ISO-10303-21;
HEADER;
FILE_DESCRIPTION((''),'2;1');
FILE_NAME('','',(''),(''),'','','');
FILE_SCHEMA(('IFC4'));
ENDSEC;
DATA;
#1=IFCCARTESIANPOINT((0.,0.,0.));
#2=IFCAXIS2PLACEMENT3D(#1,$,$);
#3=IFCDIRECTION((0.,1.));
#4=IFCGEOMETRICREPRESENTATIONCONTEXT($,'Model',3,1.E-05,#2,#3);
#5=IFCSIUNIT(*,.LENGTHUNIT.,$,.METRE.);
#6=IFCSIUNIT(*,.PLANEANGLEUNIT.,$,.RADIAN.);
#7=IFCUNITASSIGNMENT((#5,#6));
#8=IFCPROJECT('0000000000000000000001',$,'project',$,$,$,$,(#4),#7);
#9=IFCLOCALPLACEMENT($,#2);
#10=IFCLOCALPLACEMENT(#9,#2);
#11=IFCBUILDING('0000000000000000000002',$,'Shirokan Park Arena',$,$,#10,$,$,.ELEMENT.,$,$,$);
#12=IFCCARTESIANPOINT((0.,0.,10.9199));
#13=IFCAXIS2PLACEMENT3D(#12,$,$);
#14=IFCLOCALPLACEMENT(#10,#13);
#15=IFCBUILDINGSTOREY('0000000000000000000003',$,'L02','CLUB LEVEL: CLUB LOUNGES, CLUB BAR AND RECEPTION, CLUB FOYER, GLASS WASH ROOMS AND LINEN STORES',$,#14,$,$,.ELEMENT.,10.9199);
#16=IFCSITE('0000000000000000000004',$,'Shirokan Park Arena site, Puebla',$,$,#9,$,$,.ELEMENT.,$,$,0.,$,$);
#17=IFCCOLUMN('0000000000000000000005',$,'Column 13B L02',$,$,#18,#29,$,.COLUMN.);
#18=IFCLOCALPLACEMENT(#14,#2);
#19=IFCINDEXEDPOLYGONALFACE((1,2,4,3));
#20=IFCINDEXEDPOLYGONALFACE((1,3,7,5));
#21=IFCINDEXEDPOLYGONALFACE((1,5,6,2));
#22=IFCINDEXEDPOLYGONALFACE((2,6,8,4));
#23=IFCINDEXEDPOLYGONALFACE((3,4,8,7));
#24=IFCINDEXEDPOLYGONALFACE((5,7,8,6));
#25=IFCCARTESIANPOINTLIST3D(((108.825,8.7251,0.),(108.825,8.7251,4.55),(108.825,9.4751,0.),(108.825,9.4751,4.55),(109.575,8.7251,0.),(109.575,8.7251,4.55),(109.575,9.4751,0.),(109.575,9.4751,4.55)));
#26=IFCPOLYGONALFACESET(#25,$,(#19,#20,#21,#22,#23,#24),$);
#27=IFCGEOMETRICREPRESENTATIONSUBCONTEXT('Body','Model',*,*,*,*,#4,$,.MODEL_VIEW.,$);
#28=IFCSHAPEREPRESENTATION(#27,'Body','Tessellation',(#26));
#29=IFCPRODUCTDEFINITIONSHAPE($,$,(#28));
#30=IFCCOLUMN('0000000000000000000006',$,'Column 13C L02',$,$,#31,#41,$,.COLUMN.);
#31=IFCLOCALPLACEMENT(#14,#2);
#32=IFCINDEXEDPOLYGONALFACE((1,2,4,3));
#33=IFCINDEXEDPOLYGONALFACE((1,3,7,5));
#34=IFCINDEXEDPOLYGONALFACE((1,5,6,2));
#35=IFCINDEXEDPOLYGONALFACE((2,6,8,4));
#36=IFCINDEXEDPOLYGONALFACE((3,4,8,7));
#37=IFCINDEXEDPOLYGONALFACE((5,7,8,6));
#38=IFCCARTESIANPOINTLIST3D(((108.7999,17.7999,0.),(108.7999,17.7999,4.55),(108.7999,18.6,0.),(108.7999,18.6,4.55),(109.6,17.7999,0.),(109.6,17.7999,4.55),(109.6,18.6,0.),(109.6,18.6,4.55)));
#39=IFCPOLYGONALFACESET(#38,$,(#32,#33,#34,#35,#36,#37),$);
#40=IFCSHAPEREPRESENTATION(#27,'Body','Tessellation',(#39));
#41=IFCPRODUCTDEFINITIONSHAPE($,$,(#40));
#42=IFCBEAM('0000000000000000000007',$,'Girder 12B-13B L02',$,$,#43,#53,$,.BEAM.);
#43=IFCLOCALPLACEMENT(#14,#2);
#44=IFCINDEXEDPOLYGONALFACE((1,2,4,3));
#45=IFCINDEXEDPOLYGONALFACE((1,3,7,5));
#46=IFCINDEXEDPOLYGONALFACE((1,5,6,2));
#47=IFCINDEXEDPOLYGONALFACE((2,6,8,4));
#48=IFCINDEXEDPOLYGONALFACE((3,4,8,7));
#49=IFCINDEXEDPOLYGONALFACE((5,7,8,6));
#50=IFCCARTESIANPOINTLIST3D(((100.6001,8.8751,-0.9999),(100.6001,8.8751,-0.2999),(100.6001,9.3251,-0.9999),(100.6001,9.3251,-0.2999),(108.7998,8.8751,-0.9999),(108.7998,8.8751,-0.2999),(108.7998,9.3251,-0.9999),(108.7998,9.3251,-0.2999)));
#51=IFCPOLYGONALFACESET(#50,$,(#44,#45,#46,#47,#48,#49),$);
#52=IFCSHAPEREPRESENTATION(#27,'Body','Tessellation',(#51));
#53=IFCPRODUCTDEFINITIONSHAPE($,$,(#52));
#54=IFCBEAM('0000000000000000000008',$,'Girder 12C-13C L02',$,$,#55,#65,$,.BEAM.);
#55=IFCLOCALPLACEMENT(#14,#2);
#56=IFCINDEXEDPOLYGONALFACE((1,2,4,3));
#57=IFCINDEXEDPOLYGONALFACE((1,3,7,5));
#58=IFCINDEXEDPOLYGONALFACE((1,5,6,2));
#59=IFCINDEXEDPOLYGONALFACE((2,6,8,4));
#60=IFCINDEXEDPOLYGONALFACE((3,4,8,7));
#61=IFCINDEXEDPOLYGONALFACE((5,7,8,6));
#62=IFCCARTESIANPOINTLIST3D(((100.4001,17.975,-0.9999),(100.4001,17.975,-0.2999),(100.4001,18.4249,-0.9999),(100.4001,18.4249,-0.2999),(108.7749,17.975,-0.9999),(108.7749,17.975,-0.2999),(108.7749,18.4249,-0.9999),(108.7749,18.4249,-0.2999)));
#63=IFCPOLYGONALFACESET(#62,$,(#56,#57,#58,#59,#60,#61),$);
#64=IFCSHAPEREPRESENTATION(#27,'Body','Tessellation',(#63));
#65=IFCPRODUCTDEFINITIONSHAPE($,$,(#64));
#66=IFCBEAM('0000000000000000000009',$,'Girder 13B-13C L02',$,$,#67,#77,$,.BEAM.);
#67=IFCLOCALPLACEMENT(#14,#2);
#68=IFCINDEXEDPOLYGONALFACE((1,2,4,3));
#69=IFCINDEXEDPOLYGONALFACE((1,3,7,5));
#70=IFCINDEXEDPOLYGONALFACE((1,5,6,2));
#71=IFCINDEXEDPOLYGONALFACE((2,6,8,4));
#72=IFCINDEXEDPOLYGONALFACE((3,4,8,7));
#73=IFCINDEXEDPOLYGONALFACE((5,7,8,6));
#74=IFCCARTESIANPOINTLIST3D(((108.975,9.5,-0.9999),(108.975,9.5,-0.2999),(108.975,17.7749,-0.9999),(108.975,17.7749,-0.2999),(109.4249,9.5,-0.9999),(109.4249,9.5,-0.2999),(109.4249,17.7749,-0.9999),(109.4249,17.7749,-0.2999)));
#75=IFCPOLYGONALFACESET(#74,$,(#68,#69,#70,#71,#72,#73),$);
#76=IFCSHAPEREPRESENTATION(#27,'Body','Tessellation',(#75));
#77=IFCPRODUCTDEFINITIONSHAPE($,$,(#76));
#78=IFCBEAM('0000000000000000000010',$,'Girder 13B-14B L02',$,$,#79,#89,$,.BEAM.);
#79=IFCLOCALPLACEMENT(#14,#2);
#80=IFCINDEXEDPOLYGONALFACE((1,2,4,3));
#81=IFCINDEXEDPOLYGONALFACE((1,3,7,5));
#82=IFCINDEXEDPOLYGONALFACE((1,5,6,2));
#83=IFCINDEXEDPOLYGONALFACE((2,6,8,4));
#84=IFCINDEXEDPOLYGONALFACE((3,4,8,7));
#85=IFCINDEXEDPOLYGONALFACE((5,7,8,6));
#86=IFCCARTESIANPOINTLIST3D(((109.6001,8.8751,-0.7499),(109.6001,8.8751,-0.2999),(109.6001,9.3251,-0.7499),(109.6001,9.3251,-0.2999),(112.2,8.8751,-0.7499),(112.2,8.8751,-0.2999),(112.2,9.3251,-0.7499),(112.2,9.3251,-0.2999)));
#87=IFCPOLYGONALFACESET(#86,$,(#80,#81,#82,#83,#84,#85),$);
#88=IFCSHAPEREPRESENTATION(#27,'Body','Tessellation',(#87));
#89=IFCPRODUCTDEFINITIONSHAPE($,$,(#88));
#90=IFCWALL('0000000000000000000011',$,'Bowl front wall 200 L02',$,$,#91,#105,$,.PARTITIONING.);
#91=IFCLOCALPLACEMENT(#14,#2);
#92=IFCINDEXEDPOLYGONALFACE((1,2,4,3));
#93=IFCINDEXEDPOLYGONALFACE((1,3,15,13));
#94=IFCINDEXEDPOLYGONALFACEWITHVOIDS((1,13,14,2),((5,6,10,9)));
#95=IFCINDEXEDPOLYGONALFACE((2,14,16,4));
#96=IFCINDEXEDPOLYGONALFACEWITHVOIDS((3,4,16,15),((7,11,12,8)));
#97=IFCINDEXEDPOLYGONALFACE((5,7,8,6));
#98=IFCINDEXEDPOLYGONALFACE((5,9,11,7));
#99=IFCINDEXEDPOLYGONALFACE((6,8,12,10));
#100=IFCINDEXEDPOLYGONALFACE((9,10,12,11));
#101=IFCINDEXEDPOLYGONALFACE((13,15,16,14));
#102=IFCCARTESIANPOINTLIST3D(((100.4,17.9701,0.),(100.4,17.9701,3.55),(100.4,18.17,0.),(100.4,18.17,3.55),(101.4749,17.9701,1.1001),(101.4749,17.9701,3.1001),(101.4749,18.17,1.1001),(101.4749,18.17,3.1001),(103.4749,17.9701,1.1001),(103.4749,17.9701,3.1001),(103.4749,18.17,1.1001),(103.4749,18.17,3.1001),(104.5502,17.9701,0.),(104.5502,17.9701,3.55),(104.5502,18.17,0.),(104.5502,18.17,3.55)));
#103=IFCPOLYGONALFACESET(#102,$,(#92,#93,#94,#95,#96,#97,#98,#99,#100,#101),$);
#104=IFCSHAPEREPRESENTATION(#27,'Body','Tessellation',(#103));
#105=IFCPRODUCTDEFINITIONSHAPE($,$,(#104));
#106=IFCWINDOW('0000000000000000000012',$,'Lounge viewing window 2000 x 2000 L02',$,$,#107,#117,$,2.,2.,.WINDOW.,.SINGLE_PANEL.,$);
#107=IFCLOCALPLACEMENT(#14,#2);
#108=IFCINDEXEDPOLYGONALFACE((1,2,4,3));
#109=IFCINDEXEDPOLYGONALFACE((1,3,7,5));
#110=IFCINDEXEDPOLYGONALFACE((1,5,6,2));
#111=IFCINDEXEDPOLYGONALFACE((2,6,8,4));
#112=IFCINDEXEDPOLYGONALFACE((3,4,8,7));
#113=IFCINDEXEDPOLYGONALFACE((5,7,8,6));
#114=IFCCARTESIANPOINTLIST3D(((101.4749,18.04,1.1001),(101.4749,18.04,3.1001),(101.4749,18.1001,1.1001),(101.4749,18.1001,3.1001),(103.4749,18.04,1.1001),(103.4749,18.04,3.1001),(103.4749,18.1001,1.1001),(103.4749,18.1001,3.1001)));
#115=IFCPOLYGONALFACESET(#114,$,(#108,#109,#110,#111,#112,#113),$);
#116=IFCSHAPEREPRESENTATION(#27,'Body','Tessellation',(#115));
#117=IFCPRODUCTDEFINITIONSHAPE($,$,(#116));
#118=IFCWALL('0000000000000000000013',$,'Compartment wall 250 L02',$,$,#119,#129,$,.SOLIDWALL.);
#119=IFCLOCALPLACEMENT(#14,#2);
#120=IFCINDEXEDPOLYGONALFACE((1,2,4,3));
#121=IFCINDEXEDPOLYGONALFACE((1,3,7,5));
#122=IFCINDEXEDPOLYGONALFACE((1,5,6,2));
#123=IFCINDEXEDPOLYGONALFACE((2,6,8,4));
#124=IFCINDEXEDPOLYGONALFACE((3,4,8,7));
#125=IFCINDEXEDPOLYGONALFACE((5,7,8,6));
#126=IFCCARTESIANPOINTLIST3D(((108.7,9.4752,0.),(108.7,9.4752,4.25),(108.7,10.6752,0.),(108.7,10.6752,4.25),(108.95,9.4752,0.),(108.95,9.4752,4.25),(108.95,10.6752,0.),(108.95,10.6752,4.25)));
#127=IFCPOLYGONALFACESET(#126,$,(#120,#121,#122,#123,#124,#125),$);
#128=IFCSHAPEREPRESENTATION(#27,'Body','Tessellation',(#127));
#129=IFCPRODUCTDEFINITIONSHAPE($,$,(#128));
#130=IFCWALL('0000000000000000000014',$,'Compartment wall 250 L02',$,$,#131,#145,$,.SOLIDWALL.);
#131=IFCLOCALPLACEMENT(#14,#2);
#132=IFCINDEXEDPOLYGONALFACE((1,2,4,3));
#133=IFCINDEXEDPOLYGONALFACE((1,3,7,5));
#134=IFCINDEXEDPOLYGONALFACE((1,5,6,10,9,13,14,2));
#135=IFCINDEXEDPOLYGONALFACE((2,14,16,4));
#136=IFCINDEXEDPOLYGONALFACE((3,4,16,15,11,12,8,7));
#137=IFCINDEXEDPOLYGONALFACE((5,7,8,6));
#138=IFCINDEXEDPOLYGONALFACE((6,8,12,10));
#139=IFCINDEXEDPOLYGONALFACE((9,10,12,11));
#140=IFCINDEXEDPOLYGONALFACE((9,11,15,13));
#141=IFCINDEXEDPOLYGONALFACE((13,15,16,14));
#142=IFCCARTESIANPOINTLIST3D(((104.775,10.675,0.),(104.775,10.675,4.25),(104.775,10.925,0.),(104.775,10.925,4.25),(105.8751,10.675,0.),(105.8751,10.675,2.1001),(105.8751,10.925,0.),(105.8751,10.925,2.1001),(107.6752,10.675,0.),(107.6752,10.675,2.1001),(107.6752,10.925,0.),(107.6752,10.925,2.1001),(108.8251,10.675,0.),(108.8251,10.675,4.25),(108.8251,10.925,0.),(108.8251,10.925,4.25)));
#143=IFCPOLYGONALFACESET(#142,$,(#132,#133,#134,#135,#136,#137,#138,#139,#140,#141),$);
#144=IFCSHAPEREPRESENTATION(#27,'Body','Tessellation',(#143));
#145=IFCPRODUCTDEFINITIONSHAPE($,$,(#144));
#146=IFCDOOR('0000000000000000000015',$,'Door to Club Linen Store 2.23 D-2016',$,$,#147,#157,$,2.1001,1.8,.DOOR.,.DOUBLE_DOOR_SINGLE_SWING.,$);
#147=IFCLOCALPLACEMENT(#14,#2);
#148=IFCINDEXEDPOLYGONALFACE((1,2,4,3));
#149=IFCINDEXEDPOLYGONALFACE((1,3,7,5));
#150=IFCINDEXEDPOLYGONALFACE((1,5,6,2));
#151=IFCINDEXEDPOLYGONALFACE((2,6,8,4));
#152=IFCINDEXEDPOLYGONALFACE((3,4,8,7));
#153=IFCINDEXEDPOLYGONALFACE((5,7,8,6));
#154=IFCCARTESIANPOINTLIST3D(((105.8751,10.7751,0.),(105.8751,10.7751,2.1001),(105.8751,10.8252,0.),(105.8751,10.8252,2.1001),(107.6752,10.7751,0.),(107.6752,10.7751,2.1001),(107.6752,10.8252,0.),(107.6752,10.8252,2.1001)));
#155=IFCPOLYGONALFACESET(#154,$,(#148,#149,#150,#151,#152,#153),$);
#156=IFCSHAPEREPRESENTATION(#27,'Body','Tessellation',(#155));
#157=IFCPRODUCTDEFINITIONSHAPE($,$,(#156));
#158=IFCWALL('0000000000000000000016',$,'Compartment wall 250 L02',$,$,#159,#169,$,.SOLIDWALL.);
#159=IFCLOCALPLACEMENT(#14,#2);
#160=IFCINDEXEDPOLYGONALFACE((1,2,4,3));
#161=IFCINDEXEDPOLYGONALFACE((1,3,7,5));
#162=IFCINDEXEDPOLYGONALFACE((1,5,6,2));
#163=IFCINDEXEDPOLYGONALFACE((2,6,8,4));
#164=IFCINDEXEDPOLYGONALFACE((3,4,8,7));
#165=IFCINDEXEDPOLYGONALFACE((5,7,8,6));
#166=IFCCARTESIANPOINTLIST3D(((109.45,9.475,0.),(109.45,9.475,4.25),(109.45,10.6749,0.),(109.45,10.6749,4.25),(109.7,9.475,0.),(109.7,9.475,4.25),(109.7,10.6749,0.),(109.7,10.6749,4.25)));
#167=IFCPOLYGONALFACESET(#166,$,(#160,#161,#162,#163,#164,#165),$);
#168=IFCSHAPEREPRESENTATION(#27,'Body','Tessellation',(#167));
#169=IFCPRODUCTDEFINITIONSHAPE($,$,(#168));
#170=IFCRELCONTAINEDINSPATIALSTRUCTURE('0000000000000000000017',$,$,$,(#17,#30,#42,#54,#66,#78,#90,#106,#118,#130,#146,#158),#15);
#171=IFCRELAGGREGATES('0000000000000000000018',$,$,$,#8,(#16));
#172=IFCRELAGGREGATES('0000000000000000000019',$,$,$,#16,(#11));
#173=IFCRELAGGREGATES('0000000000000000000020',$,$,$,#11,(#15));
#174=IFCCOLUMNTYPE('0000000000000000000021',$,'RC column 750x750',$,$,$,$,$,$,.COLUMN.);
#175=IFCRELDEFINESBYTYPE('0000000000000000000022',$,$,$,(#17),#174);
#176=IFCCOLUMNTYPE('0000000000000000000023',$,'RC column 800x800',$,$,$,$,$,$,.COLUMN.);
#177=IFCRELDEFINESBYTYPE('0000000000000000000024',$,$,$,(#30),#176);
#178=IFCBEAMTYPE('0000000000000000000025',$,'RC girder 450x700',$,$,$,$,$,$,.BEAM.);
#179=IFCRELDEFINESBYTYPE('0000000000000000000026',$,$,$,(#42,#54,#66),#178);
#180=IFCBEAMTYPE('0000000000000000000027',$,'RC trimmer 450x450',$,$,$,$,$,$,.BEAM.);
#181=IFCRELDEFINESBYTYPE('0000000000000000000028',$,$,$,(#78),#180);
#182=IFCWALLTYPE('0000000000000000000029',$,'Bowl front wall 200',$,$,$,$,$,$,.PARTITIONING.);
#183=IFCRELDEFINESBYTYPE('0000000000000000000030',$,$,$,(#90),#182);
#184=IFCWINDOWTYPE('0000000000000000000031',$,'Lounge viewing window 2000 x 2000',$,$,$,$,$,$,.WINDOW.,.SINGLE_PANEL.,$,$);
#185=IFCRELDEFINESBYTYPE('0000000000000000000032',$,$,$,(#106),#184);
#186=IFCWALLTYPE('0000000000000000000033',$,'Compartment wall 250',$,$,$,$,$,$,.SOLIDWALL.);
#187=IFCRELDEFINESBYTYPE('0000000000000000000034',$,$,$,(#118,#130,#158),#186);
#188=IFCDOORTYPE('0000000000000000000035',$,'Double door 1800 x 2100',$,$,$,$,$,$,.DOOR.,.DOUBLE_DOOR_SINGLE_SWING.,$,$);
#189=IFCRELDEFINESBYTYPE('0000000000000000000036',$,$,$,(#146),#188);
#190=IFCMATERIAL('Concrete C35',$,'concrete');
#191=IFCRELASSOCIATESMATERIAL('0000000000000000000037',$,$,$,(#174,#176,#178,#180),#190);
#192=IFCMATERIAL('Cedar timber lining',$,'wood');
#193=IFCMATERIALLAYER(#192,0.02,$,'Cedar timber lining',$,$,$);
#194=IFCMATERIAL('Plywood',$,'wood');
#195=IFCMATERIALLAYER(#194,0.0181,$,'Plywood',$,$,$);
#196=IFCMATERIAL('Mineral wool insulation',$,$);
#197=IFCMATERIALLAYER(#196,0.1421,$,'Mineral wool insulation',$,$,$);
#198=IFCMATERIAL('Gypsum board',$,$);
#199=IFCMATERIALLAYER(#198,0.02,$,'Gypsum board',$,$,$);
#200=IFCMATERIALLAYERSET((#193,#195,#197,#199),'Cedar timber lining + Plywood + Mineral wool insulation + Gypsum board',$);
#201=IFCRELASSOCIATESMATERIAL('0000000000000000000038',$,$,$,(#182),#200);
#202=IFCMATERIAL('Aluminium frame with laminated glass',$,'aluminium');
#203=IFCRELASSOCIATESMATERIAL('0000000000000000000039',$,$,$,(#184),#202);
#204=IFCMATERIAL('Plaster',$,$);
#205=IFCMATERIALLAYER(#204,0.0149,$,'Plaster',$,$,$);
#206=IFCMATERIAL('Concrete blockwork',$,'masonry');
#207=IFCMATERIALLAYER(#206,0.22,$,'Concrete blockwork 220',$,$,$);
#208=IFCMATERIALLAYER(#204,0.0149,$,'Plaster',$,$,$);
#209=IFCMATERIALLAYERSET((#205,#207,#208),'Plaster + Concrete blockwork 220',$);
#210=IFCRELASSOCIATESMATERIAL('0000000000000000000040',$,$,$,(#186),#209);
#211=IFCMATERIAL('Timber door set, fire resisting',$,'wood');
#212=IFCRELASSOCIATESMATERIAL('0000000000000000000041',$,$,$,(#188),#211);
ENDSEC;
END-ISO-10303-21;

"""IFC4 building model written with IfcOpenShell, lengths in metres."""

from ifc_helpers import new_model, si_unit, direction, frame, frame_2d, origin, origin_2d, place, context, subcontext, project, spatial, rectangle, extrude, material, layer, layer_set, material_profile, profile_set, type_object, element, fill, save


model = new_model("IFC4")

# Units and contexts
model_context = context("Model", 3, precision=1e-05, world=origin(), true_north=direction((0.0, 1.0)))
body_context = subcontext(model_context, "Body", "Model", "MODEL_VIEW")
ifc_project = project(units=[si_unit("LENGTHUNIT", "METRE"), si_unit("PLANEANGLEUNIT", "RADIAN")], contexts=[model_context])

# Site, building, storey
site_placement = place(None, origin())
site = spatial("IfcSite", under=ifc_project, at=site_placement, Name="Shirokan Park Arena site, Puebla", CompositionType="ELEMENT", RefElevation=0.0)
building_placement = place(site_placement, origin())
building = spatial("IfcBuilding", under=site, at=building_placement, Name="Shirokan Park Arena", CompositionType="ELEMENT")
storey_placement = place(building_placement, frame((0.0, 0.0, 10.9199)))
storey = spatial("IfcBuildingStorey", under=building, at=storey_placement, Name="L02", Description="CLUB LEVEL: CLUB LOUNGES, CLUB BAR AND RECEPTION, CLUB FOYER, GLASS WASH ROOMS AND LINEN STORES", CompositionType="ELEMENT", Elevation=10.9199)

# Columns
ifc_material_1 = material(Name="Concrete C35", Category="concrete")
ifc_material_profile_1 = material_profile(ifc_material_1, rectangle(XDim=0.75, YDim=0.75, at=origin_2d()), Name="750x750")
ifc_profile_set_1 = profile_set([ifc_material_profile_1], Name="Concrete C35")
column_type_1 = type_object("IfcColumnType", Name="RC column 750x750", PredefinedType="COLUMN", material=ifc_profile_set_1)
column_1_placement = place(storey_placement, frame((109.2, 9.1001, 0.0), z_axis=(0.0, 0.0, 1.0), x_axis=(1.0, 0.0, 0.0)))
element("IfcColumn", 1, at=column_1_placement, inside=storey, type_object=column_type_1, Name="Column 13B L02", PredefinedType="COLUMN", context=body_context, shape_type="SweptSolid", body=[
    extrude(rectangle(XDim=0.75, YDim=0.75, at=origin_2d()), origin(), (0.0, 0.0, 1.0), 4.55),
])
ifc_material_profile_2 = material_profile(ifc_material_1, rectangle(XDim=0.8, YDim=0.8, at=origin_2d()), Name="800x800")
ifc_profile_set_2 = profile_set([ifc_material_profile_2], Name="Concrete C35")
column_type_2 = type_object("IfcColumnType", Name="RC column 800x800", PredefinedType="COLUMN", material=ifc_profile_set_2)
column_2_placement = place(storey_placement, frame((109.2, 18.2, 0.0), z_axis=(0.0, 0.0, 1.0), x_axis=(1.0, 0.0, 0.0)))
element("IfcColumn", 2, at=column_2_placement, inside=storey, type_object=column_type_2, Name="Column 13C L02", PredefinedType="COLUMN", context=body_context, shape_type="SweptSolid", body=[
    extrude(rectangle(XDim=0.8, YDim=0.8, at=origin_2d()), origin(), (0.0, 0.0, 1.0), 4.55),
])

# Beams
ifc_material_profile_3 = material_profile(ifc_material_1, rectangle(XDim=0.45, YDim=0.7, at=origin_2d()), Name="450x700")
ifc_profile_set_3 = profile_set([ifc_material_profile_3], Name="Concrete C35")
beam_type_1 = type_object("IfcBeamType", Name="RC girder 450x700", PredefinedType="BEAM", material=ifc_profile_set_3)
beam_1_placement = place(storey_placement, frame((100.6001, 9.1001, -0.6499), z_axis=(1.0, 0.0, 0.0), x_axis=(0.0, 1.0, 0.0)))
element("IfcBeam", 3, at=beam_1_placement, inside=storey, type_object=beam_type_1, Name="Girder 12B-13B L02", PredefinedType="BEAM", context=body_context, shape_type="SweptSolid", body=[
    extrude(rectangle(XDim=0.45, YDim=0.7, at=origin_2d()), origin(), (0.0, 0.0, 1.0), 8.1997),
])
beam_2_placement = place(storey_placement, frame((100.4001, 18.2, -0.6499), z_axis=(1.0, 0.0, 0.0), x_axis=(0.0, 1.0, 0.0)))
element("IfcBeam", 4, at=beam_2_placement, inside=storey, type_object=beam_type_1, Name="Girder 12C-13C L02", PredefinedType="BEAM", context=body_context, shape_type="SweptSolid", body=[
    extrude(rectangle(XDim=0.45, YDim=0.7, at=origin_2d()), origin(), (0.0, 0.0, 1.0), 8.3748),
])
beam_3_placement = place(storey_placement, frame((109.2, 9.5, -0.6499), z_axis=(0.0, 1.0, 0.0), x_axis=(-1.0, 0.0, 0.0)))
element("IfcBeam", 5, at=beam_3_placement, inside=storey, type_object=beam_type_1, Name="Girder 13B-13C L02", PredefinedType="BEAM", context=body_context, shape_type="SweptSolid", body=[
    extrude(rectangle(XDim=0.45, YDim=0.7, at=origin_2d()), origin(), (0.0, 0.0, 1.0), 8.2749),
])
ifc_material_profile_4 = material_profile(ifc_material_1, rectangle(XDim=0.45, YDim=0.45, at=origin_2d()), Name="450x450")
ifc_profile_set_4 = profile_set([ifc_material_profile_4], Name="Concrete C35")
beam_type_2 = type_object("IfcBeamType", Name="RC trimmer 450x450", PredefinedType="BEAM", material=ifc_profile_set_4)
beam_4_placement = place(storey_placement, frame((109.6001, 9.1001, -0.5249), z_axis=(1.0, 0.0, 0.0), x_axis=(0.0, 1.0, 0.0)))
element("IfcBeam", 6, at=beam_4_placement, inside=storey, type_object=beam_type_2, Name="Girder 13B-14B L02", PredefinedType="BEAM", context=body_context, shape_type="SweptSolid", body=[
    extrude(rectangle(XDim=0.45, YDim=0.45, at=origin_2d()), origin(), (0.0, 0.0, 1.0), 2.5999),
])

# Wall, opening, window
ifc_material_2 = material(Name="Cedar timber lining", Category="wood")
ifc_layer_1 = layer(ifc_material_2, 0.02, Name="Cedar timber lining")
ifc_material_3 = material(Name="Plywood", Category="wood")
ifc_layer_2 = layer(ifc_material_3, 0.0181, Name="Plywood")
ifc_material_4 = material(Name="Mineral wool insulation")
ifc_layer_3 = layer(ifc_material_4, 0.1421, Name="Mineral wool insulation")
ifc_material_5 = material(Name="Gypsum board")
ifc_layer_4 = layer(ifc_material_5, 0.02, Name="Gypsum board")
ifc_layer_set_1 = layer_set([ifc_layer_1, ifc_layer_2, ifc_layer_3, ifc_layer_4], Name="Cedar timber lining + Plywood + Mineral wool insulation + Gypsum board")
wall_type_1 = type_object("IfcWallType", Name="Bowl front wall 200", PredefinedType="PARTITIONING", material=ifc_layer_set_1)
wall_1_placement = place(storey_placement, frame((100.3999, 18.0701, 0.0), z_axis=(0.0, 0.0, 1.0), x_axis=(1.0, 0.0, 0.0)))
wall_1 = element("IfcWall", 7, at=wall_1_placement, inside=storey, type_object=wall_type_1, Name="Bowl front wall 200 L02", PredefinedType="PARTITIONING", context=body_context, shape_type="SweptSolid", body=[
    extrude(rectangle(XDim=4.1501, YDim=0.2, at=frame_2d((2.0752, 0.0))), origin(), (0.0, 0.0, 1.0), 3.55),
])
opening_1_placement = place(wall_1_placement, frame((1.075, 0.0, 1.1001)))
opening_1 = element("IfcOpeningElement", 8, at=opening_1_placement, cuts=wall_1, PredefinedType="OPENING", context=body_context, shape_type="SweptSolid", body=[
    extrude(rectangle(XDim=2.0, YDim=2.0, at=frame_2d((1.0, 1.0))), frame((0.0, 0.1099, 0.0), z_axis=(0.0, -1.0, 0.0), x_axis=(1.0, 0.0, 0.0)), (0.0, 0.0, 1.0), 0.22),
])
ifc_material_6 = material(Name="Aluminium frame with laminated glass", Category="aluminium")
window_type = type_object("IfcWindowType", Name="Lounge viewing window 2000 x 2000", PartitioningType="SINGLE_PANEL", PredefinedType="WINDOW", material=ifc_material_6)
window_placement = place(opening_1_placement, origin())
window = element("IfcWindow", 9, at=window_placement, inside=storey, type_object=window_type, Name="Lounge viewing window 2000 x 2000 L02", OverallHeight=2.0, OverallWidth=2.0, PartitioningType="SINGLE_PANEL", PredefinedType="WINDOW", context=body_context, shape_type="SweptSolid", body=[
    extrude(rectangle(XDim=2.0, YDim=2.0, at=frame_2d((1.0, 1.0))), frame((0.0, 0.03, 0.0), z_axis=(0.0, -1.0, 0.0), x_axis=(1.0, 0.0, 0.0)), (0.0, 0.0, 1.0), 0.0601),
])
fill(opening_1, window)

# Wall
ifc_material_7 = material(Name="Plaster")
ifc_layer_5 = layer(ifc_material_7, 0.0149, Name="Plaster")
ifc_material_8 = material(Name="Concrete blockwork", Category="masonry")
ifc_layer_6 = layer(ifc_material_8, 0.22, Name="Concrete blockwork 220")
ifc_layer_7 = layer(ifc_material_7, 0.0149, Name="Plaster")
ifc_layer_set_2 = layer_set([ifc_layer_5, ifc_layer_6, ifc_layer_7], Name="Plaster + Concrete blockwork 220")
wall_type_2 = type_object("IfcWallType", Name="Compartment wall 250", PredefinedType="SOLIDWALL", material=ifc_layer_set_2)
wall_2_placement = place(storey_placement, frame((108.825, 9.4751, 0.0), z_axis=(0.0, 0.0, 1.0), x_axis=(0.0, 1.0, 0.0)))
element("IfcWall", 10, at=wall_2_placement, inside=storey, type_object=wall_type_2, Name="Compartment wall 250 L02", PredefinedType="SOLIDWALL", context=body_context, shape_type="SweptSolid", body=[
    extrude(rectangle(XDim=1.2, YDim=0.25, at=frame_2d((0.6001, 0.0))), origin(), (0.0, 0.0, 1.0), 4.25),
])

# Wall, opening, door
wall_3_placement = place(storey_placement, frame((108.825, 10.8, 0.0), z_axis=(0.0, 0.0, 1.0), x_axis=(-1.0, 0.0, 0.0)))
wall_3 = element("IfcWall", 11, at=wall_3_placement, inside=storey, type_object=wall_type_2, Name="Compartment wall 250 L02", PredefinedType="SOLIDWALL", context=body_context, shape_type="SweptSolid", body=[
    extrude(rectangle(XDim=4.05, YDim=0.25, at=frame_2d((2.0249, 0.0))), origin(), (0.0, 0.0, 1.0), 4.25),
])
opening_2_placement = place(wall_3_placement, frame((1.1499, 0.0, 0.0)))
opening_2 = element("IfcOpeningElement", 12, at=opening_2_placement, cuts=wall_3, PredefinedType="OPENING", context=body_context, shape_type="SweptSolid", body=[
    extrude(rectangle(XDim=1.8, YDim=2.1001, at=frame_2d((0.8999, 1.05))), frame((0.0, 0.135, 0.0), z_axis=(0.0, -1.0, 0.0), x_axis=(1.0, 0.0, 0.0)), (0.0, 0.0, 1.0), 0.27),
])
ifc_material_9 = material(Name="Timber door set, fire resisting", Category="wood")
door_type_1 = type_object("IfcDoorType", Name="Double door 1800 x 2100", OperationType="DOUBLE_DOOR_SINGLE_SWING", PredefinedType="DOOR", material=ifc_material_9)
door_1_placement = place(opening_2_placement, origin())
door_1 = element("IfcDoor", 13, at=door_1_placement, inside=storey, type_object=door_type_1, Name="Door to Club Linen Store 2.23 D-2016", OperationType="DOUBLE_DOOR_SINGLE_SWING", OverallHeight=2.1001, OverallWidth=1.8, PredefinedType="DOOR", context=body_context, shape_type="SweptSolid", body=[
    extrude(rectangle(XDim=1.8, YDim=2.1001, at=frame_2d((0.8999, 1.05))), frame((0.0, 0.0249, 0.0), z_axis=(0.0, -1.0, 0.0), x_axis=(1.0, 0.0, 0.0)), (0.0, 0.0, 1.0), 0.05),
])
fill(opening_2, door_1)

# Wall
wall_4_placement = place(storey_placement, frame((109.575, 10.675, 0.0), z_axis=(0.0, 0.0, 1.0), x_axis=(0.0, -1.0, 0.0)))
element("IfcWall", 14, at=wall_4_placement, inside=storey, type_object=wall_type_2, Name="Compartment wall 250 L02", PredefinedType="SOLIDWALL", context=body_context, shape_type="SweptSolid", body=[
    extrude(rectangle(XDim=1.2, YDim=0.25, at=frame_2d((0.6001, 0.0))), origin(), (0.0, 0.0, 1.0), 4.25),
])

save(model, "model.ifc")
